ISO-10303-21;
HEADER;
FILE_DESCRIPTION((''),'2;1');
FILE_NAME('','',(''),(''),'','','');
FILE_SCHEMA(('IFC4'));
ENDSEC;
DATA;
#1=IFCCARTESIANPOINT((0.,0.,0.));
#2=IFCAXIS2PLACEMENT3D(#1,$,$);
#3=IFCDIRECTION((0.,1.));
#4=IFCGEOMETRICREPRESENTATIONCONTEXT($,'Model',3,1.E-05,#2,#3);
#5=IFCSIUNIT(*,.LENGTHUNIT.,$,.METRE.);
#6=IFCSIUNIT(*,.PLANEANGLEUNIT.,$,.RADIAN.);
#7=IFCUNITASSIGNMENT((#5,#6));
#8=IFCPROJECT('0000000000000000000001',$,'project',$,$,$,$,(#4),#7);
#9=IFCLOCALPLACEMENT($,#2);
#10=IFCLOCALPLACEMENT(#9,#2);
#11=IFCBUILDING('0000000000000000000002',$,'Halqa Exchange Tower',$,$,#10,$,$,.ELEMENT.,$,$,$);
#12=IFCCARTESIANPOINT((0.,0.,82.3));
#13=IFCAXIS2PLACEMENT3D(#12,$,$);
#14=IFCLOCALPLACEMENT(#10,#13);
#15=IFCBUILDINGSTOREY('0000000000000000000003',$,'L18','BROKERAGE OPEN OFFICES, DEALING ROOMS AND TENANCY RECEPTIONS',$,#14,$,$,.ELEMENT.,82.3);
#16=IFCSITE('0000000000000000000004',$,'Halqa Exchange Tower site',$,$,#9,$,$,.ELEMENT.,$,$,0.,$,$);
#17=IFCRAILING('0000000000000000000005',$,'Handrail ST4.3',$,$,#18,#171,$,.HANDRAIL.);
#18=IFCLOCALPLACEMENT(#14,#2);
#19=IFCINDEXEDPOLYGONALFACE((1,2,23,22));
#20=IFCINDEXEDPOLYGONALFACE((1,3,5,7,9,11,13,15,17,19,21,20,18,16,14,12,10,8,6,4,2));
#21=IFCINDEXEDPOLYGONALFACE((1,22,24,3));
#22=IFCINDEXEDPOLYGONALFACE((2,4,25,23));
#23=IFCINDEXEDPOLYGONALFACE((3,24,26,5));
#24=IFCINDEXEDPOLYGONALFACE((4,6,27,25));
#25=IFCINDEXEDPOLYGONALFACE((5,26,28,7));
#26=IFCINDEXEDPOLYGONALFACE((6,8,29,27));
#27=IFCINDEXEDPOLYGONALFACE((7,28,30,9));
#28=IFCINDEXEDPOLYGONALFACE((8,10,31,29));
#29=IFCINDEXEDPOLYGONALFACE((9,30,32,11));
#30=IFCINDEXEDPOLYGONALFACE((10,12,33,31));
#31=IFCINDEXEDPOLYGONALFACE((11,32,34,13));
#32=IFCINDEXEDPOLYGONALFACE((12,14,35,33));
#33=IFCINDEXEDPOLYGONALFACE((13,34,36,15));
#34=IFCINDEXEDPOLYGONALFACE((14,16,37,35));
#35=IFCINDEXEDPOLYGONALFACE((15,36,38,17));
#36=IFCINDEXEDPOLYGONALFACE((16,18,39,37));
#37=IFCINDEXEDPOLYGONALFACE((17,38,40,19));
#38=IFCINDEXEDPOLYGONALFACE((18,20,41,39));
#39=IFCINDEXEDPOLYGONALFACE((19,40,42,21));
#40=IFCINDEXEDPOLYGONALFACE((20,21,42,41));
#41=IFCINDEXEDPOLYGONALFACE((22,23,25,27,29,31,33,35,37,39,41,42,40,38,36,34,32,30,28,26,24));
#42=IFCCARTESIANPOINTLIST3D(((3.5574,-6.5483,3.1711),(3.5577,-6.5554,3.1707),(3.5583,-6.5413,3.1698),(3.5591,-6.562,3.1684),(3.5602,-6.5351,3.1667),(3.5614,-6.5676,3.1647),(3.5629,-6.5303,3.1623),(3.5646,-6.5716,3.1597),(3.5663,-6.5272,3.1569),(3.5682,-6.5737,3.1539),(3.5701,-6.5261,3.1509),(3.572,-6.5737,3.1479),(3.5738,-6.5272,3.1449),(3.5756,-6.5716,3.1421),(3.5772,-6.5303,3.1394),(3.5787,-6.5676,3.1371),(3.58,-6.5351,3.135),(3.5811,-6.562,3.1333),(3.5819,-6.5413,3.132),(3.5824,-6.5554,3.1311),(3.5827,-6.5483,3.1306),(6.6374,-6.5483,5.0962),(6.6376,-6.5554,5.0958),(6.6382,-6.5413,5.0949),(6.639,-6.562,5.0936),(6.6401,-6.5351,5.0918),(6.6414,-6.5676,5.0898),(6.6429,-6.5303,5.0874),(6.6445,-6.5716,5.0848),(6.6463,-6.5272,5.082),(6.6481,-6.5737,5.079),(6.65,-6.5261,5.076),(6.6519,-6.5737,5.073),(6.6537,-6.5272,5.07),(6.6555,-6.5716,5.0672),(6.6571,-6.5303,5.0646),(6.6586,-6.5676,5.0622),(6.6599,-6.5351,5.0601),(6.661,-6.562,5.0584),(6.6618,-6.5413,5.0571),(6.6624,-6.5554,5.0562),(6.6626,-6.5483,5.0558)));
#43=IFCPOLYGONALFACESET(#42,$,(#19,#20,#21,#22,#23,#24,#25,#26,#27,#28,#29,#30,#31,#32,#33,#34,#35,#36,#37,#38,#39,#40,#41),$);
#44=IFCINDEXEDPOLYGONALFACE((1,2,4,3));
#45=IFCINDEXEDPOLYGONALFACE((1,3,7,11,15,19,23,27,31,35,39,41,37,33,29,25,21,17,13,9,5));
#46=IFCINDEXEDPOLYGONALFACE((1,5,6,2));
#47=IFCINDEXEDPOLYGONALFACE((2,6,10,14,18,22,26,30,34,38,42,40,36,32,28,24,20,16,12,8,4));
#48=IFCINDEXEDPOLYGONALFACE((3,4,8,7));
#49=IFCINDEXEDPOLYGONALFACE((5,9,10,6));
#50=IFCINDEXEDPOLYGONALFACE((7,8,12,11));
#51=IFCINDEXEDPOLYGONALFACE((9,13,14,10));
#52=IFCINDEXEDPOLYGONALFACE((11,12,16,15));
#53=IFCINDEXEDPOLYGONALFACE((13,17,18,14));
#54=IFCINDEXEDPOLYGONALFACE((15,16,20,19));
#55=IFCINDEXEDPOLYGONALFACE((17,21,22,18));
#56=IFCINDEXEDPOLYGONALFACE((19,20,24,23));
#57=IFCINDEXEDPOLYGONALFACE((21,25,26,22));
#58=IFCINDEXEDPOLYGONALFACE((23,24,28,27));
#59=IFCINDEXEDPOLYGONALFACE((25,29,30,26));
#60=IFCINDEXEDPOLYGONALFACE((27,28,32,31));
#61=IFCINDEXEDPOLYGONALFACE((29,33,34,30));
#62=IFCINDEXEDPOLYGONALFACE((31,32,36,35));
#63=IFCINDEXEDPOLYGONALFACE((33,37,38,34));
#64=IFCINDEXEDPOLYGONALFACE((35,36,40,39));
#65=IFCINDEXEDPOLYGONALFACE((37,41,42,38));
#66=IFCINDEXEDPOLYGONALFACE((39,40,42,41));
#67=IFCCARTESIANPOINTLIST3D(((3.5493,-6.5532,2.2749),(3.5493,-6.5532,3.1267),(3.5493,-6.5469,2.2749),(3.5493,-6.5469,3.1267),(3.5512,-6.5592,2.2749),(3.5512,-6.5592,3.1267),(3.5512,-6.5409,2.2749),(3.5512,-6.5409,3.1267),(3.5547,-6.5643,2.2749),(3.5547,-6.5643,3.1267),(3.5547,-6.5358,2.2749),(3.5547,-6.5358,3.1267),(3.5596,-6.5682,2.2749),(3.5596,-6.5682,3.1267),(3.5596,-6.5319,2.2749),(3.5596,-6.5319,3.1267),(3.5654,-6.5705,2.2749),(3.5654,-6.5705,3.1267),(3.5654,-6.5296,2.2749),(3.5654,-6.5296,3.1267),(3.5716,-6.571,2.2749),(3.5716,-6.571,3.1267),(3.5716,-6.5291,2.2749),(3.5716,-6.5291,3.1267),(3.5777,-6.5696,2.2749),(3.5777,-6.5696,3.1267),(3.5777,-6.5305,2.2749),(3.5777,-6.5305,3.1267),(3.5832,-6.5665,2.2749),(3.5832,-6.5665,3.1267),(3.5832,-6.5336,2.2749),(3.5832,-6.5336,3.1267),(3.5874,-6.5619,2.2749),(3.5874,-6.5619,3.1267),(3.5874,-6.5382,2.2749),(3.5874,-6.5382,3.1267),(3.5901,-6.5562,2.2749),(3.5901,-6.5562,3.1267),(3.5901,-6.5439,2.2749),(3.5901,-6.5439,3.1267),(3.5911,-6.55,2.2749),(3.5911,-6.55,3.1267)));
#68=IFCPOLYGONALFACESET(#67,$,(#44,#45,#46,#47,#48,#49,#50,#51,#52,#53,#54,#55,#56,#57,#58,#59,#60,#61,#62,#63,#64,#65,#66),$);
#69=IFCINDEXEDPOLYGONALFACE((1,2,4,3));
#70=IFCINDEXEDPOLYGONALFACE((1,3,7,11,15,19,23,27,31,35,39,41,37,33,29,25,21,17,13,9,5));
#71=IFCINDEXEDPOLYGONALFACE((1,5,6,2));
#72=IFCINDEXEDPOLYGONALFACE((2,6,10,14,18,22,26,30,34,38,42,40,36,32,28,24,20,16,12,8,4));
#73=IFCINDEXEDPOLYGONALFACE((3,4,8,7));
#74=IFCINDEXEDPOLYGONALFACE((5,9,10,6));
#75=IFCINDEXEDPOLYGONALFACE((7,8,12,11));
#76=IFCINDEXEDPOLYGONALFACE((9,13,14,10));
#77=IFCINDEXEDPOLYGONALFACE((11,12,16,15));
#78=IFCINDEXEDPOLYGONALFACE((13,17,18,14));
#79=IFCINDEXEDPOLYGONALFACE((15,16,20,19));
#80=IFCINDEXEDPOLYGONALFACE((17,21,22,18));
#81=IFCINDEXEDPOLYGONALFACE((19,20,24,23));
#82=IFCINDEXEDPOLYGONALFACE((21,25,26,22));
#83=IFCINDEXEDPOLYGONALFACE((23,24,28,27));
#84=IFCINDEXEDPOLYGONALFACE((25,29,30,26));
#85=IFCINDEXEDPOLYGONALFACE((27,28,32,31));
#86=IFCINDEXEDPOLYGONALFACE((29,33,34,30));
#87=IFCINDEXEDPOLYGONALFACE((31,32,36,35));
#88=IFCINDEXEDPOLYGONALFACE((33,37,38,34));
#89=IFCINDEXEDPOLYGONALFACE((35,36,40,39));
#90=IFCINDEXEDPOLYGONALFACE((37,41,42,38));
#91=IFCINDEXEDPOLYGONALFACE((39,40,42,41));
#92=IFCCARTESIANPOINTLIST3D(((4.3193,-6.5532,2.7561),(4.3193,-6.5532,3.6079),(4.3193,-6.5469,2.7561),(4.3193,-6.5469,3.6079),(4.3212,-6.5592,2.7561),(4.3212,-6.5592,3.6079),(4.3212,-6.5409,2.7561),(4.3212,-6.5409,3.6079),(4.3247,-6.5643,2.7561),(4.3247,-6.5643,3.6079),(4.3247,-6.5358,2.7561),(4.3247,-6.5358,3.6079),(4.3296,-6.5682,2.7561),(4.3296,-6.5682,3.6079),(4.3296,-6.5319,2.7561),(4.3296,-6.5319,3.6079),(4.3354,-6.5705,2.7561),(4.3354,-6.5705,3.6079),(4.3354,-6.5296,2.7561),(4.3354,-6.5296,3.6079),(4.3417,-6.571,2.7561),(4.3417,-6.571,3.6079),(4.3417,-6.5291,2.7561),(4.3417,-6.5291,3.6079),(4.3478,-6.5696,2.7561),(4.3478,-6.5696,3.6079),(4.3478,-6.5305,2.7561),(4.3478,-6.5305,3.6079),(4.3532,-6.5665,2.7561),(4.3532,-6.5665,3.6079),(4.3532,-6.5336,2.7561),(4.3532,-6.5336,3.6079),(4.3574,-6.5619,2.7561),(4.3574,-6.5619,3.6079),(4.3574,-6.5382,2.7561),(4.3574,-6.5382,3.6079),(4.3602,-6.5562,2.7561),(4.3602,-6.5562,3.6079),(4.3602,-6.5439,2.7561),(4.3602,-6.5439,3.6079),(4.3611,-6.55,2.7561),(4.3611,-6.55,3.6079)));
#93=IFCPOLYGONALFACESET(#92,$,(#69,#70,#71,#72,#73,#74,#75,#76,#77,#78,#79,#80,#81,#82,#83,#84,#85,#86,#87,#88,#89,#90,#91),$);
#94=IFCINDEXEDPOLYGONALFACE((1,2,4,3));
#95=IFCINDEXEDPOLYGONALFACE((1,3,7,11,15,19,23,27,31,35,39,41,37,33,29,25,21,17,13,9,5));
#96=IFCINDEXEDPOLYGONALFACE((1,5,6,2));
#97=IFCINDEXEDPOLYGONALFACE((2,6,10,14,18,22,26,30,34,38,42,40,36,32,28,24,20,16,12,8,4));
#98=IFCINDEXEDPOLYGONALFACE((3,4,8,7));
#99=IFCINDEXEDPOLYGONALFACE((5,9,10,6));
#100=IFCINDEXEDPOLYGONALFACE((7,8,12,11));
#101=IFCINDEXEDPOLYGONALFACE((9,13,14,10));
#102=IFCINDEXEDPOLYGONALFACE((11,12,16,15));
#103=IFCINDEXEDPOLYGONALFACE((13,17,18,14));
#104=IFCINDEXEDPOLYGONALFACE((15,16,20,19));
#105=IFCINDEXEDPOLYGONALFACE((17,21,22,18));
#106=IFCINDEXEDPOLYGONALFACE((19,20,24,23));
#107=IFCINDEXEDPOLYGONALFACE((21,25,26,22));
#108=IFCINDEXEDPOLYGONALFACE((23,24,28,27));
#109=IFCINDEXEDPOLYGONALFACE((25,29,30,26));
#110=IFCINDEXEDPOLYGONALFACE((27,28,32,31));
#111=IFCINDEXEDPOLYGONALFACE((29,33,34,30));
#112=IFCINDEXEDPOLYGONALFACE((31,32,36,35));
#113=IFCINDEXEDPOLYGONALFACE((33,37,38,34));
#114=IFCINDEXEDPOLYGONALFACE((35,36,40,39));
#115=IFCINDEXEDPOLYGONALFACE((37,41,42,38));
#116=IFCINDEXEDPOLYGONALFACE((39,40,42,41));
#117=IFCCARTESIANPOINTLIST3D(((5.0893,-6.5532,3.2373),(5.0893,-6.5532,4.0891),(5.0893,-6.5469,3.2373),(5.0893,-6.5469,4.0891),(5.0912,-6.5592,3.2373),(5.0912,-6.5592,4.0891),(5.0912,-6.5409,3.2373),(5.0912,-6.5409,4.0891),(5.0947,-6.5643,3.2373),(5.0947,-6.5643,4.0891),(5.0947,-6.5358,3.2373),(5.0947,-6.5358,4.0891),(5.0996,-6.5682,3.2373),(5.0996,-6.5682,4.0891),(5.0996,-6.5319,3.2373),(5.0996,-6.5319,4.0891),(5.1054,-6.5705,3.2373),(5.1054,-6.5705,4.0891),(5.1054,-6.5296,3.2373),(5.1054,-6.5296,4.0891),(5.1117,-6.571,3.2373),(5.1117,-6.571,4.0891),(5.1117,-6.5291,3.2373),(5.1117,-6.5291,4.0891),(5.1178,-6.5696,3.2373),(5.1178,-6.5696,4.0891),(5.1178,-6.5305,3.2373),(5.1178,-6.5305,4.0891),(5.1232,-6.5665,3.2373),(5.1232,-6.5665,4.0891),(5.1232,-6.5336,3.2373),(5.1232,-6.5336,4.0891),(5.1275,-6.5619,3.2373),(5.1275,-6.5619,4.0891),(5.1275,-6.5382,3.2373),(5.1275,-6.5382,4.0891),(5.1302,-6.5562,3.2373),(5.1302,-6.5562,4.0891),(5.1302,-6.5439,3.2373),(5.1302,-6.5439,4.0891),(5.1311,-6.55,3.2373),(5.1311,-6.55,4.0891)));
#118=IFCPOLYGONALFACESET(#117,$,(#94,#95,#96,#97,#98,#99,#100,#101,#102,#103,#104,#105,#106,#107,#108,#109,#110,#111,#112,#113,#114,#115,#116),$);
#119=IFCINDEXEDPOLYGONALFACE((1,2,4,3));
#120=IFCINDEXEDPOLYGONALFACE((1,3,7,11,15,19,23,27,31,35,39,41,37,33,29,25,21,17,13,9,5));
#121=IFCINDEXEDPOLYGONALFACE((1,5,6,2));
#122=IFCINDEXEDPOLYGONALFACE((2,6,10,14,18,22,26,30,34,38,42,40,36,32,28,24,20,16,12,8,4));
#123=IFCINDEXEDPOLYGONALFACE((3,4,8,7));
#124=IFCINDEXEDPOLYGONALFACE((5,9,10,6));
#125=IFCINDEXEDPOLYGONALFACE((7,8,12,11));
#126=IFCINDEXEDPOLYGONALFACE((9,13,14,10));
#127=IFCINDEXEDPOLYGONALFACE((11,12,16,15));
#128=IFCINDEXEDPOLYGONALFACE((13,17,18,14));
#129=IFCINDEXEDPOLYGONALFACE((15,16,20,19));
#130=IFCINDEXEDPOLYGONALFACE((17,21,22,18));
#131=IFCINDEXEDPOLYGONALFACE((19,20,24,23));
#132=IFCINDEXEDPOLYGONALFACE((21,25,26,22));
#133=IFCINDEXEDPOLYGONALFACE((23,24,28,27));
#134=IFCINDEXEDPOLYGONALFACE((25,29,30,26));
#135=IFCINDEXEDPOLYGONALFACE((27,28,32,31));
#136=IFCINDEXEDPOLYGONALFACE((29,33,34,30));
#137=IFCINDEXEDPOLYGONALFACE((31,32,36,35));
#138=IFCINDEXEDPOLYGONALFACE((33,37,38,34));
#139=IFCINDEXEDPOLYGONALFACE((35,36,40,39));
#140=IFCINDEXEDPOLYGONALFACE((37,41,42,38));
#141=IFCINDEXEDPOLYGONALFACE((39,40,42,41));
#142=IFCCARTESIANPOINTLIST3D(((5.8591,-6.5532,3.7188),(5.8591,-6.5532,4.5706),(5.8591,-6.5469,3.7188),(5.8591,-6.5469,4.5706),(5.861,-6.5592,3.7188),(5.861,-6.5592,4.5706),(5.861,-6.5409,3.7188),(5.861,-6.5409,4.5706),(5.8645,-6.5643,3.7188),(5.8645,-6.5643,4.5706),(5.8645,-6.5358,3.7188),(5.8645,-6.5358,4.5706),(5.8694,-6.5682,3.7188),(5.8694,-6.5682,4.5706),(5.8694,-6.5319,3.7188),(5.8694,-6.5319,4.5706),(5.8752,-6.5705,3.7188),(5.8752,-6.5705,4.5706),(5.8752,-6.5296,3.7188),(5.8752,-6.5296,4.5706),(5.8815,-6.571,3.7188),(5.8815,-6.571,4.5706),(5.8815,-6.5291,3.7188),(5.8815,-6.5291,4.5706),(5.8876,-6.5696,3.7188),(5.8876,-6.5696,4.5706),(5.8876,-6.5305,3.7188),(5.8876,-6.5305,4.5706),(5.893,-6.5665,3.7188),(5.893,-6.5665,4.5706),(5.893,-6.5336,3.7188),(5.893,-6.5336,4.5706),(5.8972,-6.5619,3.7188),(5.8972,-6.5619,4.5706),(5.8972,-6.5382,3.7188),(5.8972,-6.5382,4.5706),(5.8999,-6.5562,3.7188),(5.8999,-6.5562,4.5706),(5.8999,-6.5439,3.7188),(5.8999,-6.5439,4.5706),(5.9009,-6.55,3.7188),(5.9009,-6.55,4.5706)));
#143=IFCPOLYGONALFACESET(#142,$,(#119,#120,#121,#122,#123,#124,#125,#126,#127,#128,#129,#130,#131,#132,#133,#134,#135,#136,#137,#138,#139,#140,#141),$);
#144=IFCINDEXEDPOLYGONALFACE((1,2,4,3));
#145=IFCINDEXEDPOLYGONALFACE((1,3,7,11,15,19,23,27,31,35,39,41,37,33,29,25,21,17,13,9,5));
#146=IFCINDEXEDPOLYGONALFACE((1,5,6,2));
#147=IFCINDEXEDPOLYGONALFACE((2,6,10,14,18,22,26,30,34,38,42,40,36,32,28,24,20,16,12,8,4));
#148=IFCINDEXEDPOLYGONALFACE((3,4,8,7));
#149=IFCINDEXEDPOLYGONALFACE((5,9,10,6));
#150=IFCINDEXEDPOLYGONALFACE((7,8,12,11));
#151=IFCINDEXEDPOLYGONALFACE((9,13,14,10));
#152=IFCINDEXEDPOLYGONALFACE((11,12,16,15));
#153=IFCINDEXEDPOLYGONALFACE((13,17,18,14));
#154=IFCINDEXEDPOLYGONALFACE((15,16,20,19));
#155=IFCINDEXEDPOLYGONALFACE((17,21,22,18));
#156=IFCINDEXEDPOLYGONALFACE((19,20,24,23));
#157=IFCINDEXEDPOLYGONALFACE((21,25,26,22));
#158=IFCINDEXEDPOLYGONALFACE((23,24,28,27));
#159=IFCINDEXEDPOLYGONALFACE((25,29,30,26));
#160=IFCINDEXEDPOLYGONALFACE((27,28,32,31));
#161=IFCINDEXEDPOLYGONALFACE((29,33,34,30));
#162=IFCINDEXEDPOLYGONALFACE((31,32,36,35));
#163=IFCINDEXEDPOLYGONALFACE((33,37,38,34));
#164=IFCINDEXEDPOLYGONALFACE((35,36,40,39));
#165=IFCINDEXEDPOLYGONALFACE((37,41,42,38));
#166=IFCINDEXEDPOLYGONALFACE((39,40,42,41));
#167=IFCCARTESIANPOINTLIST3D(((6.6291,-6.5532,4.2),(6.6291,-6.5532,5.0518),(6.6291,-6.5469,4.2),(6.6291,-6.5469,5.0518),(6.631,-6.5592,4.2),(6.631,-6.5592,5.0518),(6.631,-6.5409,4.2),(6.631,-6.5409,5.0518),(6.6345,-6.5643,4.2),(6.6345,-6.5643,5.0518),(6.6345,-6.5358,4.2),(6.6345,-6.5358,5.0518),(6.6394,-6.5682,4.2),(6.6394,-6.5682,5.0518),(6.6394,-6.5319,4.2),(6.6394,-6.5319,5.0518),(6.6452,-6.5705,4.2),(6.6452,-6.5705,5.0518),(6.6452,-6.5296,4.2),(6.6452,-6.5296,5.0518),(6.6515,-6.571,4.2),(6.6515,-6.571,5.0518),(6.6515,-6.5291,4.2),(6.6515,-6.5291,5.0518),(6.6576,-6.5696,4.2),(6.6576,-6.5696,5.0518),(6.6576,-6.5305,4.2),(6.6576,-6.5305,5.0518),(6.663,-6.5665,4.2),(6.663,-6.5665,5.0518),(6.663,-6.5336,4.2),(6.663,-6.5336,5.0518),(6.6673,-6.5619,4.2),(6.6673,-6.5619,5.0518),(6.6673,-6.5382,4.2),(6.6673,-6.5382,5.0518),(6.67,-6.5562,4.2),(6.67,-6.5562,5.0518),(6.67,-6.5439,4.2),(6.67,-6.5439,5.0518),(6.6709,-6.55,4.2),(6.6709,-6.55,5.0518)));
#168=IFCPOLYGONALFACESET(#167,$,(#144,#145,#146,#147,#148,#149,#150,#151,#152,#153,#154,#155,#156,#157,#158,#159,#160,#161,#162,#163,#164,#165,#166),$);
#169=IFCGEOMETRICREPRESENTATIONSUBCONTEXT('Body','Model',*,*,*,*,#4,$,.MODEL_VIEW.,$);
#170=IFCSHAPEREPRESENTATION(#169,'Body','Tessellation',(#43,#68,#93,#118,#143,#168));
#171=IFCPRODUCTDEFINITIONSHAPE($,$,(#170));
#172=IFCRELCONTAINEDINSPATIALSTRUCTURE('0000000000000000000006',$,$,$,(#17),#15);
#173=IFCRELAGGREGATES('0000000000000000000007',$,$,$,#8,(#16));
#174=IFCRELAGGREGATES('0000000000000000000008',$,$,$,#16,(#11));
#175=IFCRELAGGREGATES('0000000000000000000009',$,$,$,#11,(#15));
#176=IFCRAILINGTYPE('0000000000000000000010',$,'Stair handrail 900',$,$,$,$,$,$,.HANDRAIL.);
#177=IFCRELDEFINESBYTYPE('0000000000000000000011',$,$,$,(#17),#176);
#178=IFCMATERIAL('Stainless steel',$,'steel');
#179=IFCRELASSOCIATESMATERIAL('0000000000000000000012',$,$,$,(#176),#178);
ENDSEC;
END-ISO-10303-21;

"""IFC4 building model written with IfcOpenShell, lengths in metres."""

from ifc_helpers import new_model, si_unit, direction, frame, origin, origin_2d, place, context, subcontext, project, spatial, circle, extrude, material, type_object, element, save


model = new_model("IFC4")

# Units and contexts
model_context = context("Model", 3, precision=1e-05, world=origin(), true_north=direction((0.0, 1.0)))
body_context = subcontext(model_context, "Body", "Model", "MODEL_VIEW")
ifc_project = project(units=[si_unit("LENGTHUNIT", "METRE"), si_unit("PLANEANGLEUNIT", "RADIAN")], contexts=[model_context])

# Site, building, storey
site_placement = place(None, origin())
site = spatial("IfcSite", under=ifc_project, at=site_placement, Name="Halqa Exchange Tower site", CompositionType="ELEMENT", RefElevation=0.0)
building_placement = place(site_placement, origin())
building = spatial("IfcBuilding", under=site, at=building_placement, Name="Halqa Exchange Tower", CompositionType="ELEMENT")
storey_placement = place(building_placement, frame((0.0, 0.0, 82.3)))
storey = spatial("IfcBuildingStorey", under=building, at=storey_placement, Name="L18", Description="BROKERAGE OPEN OFFICES, DEALING ROOMS AND TENANCY RECEPTIONS", CompositionType="ELEMENT", Elevation=82.3)

# Railing
ifc_material_1 = material(Name="Stainless steel", Category="steel")
railing_type_1 = type_object("IfcRailingType", Name="Stair handrail 900", PredefinedType="HANDRAIL", material=ifc_material_1)
railing_1_placement = place(storey_placement, frame((3.5701, -6.55, 2.2749)))
element("IfcRailing", 1, at=railing_1_placement, inside=storey, type_object=railing_type_1, Name="Handrail ST4.3", PredefinedType="HANDRAIL", context=body_context, shape_type="SweptSolid", body=[
    extrude(circle(Radius=0.0239, at=origin_2d()), frame((0.0, 0.0, 0.876), z_axis=(0.847979, 0.0, 0.530029), x_axis=(0.0, 1.0, 0.0)), (0.0, 0.0, 1.0), 3.6321),
    extrude(circle(Radius=0.021, at=origin_2d()), origin(), (0.0, 0.0, 1.0), 0.8518),
    extrude(circle(Radius=0.021, at=origin_2d()), frame((0.77, 0.0, 0.4812)), (0.0, 0.0, 1.0), 0.8518),
    extrude(circle(Radius=0.021, at=origin_2d()), frame((1.54, 0.0, 0.9624)), (0.0, 0.0, 1.0), 0.8518),
    extrude(circle(Radius=0.021, at=origin_2d()), frame((2.3098, 0.0, 1.4438)), (0.0, 0.0, 1.0), 0.8518),
    extrude(circle(Radius=0.021, at=origin_2d()), frame((3.0798, 0.0, 1.925)), (0.0, 0.0, 1.0), 0.8518),
])

save(model, "model.ifc")
